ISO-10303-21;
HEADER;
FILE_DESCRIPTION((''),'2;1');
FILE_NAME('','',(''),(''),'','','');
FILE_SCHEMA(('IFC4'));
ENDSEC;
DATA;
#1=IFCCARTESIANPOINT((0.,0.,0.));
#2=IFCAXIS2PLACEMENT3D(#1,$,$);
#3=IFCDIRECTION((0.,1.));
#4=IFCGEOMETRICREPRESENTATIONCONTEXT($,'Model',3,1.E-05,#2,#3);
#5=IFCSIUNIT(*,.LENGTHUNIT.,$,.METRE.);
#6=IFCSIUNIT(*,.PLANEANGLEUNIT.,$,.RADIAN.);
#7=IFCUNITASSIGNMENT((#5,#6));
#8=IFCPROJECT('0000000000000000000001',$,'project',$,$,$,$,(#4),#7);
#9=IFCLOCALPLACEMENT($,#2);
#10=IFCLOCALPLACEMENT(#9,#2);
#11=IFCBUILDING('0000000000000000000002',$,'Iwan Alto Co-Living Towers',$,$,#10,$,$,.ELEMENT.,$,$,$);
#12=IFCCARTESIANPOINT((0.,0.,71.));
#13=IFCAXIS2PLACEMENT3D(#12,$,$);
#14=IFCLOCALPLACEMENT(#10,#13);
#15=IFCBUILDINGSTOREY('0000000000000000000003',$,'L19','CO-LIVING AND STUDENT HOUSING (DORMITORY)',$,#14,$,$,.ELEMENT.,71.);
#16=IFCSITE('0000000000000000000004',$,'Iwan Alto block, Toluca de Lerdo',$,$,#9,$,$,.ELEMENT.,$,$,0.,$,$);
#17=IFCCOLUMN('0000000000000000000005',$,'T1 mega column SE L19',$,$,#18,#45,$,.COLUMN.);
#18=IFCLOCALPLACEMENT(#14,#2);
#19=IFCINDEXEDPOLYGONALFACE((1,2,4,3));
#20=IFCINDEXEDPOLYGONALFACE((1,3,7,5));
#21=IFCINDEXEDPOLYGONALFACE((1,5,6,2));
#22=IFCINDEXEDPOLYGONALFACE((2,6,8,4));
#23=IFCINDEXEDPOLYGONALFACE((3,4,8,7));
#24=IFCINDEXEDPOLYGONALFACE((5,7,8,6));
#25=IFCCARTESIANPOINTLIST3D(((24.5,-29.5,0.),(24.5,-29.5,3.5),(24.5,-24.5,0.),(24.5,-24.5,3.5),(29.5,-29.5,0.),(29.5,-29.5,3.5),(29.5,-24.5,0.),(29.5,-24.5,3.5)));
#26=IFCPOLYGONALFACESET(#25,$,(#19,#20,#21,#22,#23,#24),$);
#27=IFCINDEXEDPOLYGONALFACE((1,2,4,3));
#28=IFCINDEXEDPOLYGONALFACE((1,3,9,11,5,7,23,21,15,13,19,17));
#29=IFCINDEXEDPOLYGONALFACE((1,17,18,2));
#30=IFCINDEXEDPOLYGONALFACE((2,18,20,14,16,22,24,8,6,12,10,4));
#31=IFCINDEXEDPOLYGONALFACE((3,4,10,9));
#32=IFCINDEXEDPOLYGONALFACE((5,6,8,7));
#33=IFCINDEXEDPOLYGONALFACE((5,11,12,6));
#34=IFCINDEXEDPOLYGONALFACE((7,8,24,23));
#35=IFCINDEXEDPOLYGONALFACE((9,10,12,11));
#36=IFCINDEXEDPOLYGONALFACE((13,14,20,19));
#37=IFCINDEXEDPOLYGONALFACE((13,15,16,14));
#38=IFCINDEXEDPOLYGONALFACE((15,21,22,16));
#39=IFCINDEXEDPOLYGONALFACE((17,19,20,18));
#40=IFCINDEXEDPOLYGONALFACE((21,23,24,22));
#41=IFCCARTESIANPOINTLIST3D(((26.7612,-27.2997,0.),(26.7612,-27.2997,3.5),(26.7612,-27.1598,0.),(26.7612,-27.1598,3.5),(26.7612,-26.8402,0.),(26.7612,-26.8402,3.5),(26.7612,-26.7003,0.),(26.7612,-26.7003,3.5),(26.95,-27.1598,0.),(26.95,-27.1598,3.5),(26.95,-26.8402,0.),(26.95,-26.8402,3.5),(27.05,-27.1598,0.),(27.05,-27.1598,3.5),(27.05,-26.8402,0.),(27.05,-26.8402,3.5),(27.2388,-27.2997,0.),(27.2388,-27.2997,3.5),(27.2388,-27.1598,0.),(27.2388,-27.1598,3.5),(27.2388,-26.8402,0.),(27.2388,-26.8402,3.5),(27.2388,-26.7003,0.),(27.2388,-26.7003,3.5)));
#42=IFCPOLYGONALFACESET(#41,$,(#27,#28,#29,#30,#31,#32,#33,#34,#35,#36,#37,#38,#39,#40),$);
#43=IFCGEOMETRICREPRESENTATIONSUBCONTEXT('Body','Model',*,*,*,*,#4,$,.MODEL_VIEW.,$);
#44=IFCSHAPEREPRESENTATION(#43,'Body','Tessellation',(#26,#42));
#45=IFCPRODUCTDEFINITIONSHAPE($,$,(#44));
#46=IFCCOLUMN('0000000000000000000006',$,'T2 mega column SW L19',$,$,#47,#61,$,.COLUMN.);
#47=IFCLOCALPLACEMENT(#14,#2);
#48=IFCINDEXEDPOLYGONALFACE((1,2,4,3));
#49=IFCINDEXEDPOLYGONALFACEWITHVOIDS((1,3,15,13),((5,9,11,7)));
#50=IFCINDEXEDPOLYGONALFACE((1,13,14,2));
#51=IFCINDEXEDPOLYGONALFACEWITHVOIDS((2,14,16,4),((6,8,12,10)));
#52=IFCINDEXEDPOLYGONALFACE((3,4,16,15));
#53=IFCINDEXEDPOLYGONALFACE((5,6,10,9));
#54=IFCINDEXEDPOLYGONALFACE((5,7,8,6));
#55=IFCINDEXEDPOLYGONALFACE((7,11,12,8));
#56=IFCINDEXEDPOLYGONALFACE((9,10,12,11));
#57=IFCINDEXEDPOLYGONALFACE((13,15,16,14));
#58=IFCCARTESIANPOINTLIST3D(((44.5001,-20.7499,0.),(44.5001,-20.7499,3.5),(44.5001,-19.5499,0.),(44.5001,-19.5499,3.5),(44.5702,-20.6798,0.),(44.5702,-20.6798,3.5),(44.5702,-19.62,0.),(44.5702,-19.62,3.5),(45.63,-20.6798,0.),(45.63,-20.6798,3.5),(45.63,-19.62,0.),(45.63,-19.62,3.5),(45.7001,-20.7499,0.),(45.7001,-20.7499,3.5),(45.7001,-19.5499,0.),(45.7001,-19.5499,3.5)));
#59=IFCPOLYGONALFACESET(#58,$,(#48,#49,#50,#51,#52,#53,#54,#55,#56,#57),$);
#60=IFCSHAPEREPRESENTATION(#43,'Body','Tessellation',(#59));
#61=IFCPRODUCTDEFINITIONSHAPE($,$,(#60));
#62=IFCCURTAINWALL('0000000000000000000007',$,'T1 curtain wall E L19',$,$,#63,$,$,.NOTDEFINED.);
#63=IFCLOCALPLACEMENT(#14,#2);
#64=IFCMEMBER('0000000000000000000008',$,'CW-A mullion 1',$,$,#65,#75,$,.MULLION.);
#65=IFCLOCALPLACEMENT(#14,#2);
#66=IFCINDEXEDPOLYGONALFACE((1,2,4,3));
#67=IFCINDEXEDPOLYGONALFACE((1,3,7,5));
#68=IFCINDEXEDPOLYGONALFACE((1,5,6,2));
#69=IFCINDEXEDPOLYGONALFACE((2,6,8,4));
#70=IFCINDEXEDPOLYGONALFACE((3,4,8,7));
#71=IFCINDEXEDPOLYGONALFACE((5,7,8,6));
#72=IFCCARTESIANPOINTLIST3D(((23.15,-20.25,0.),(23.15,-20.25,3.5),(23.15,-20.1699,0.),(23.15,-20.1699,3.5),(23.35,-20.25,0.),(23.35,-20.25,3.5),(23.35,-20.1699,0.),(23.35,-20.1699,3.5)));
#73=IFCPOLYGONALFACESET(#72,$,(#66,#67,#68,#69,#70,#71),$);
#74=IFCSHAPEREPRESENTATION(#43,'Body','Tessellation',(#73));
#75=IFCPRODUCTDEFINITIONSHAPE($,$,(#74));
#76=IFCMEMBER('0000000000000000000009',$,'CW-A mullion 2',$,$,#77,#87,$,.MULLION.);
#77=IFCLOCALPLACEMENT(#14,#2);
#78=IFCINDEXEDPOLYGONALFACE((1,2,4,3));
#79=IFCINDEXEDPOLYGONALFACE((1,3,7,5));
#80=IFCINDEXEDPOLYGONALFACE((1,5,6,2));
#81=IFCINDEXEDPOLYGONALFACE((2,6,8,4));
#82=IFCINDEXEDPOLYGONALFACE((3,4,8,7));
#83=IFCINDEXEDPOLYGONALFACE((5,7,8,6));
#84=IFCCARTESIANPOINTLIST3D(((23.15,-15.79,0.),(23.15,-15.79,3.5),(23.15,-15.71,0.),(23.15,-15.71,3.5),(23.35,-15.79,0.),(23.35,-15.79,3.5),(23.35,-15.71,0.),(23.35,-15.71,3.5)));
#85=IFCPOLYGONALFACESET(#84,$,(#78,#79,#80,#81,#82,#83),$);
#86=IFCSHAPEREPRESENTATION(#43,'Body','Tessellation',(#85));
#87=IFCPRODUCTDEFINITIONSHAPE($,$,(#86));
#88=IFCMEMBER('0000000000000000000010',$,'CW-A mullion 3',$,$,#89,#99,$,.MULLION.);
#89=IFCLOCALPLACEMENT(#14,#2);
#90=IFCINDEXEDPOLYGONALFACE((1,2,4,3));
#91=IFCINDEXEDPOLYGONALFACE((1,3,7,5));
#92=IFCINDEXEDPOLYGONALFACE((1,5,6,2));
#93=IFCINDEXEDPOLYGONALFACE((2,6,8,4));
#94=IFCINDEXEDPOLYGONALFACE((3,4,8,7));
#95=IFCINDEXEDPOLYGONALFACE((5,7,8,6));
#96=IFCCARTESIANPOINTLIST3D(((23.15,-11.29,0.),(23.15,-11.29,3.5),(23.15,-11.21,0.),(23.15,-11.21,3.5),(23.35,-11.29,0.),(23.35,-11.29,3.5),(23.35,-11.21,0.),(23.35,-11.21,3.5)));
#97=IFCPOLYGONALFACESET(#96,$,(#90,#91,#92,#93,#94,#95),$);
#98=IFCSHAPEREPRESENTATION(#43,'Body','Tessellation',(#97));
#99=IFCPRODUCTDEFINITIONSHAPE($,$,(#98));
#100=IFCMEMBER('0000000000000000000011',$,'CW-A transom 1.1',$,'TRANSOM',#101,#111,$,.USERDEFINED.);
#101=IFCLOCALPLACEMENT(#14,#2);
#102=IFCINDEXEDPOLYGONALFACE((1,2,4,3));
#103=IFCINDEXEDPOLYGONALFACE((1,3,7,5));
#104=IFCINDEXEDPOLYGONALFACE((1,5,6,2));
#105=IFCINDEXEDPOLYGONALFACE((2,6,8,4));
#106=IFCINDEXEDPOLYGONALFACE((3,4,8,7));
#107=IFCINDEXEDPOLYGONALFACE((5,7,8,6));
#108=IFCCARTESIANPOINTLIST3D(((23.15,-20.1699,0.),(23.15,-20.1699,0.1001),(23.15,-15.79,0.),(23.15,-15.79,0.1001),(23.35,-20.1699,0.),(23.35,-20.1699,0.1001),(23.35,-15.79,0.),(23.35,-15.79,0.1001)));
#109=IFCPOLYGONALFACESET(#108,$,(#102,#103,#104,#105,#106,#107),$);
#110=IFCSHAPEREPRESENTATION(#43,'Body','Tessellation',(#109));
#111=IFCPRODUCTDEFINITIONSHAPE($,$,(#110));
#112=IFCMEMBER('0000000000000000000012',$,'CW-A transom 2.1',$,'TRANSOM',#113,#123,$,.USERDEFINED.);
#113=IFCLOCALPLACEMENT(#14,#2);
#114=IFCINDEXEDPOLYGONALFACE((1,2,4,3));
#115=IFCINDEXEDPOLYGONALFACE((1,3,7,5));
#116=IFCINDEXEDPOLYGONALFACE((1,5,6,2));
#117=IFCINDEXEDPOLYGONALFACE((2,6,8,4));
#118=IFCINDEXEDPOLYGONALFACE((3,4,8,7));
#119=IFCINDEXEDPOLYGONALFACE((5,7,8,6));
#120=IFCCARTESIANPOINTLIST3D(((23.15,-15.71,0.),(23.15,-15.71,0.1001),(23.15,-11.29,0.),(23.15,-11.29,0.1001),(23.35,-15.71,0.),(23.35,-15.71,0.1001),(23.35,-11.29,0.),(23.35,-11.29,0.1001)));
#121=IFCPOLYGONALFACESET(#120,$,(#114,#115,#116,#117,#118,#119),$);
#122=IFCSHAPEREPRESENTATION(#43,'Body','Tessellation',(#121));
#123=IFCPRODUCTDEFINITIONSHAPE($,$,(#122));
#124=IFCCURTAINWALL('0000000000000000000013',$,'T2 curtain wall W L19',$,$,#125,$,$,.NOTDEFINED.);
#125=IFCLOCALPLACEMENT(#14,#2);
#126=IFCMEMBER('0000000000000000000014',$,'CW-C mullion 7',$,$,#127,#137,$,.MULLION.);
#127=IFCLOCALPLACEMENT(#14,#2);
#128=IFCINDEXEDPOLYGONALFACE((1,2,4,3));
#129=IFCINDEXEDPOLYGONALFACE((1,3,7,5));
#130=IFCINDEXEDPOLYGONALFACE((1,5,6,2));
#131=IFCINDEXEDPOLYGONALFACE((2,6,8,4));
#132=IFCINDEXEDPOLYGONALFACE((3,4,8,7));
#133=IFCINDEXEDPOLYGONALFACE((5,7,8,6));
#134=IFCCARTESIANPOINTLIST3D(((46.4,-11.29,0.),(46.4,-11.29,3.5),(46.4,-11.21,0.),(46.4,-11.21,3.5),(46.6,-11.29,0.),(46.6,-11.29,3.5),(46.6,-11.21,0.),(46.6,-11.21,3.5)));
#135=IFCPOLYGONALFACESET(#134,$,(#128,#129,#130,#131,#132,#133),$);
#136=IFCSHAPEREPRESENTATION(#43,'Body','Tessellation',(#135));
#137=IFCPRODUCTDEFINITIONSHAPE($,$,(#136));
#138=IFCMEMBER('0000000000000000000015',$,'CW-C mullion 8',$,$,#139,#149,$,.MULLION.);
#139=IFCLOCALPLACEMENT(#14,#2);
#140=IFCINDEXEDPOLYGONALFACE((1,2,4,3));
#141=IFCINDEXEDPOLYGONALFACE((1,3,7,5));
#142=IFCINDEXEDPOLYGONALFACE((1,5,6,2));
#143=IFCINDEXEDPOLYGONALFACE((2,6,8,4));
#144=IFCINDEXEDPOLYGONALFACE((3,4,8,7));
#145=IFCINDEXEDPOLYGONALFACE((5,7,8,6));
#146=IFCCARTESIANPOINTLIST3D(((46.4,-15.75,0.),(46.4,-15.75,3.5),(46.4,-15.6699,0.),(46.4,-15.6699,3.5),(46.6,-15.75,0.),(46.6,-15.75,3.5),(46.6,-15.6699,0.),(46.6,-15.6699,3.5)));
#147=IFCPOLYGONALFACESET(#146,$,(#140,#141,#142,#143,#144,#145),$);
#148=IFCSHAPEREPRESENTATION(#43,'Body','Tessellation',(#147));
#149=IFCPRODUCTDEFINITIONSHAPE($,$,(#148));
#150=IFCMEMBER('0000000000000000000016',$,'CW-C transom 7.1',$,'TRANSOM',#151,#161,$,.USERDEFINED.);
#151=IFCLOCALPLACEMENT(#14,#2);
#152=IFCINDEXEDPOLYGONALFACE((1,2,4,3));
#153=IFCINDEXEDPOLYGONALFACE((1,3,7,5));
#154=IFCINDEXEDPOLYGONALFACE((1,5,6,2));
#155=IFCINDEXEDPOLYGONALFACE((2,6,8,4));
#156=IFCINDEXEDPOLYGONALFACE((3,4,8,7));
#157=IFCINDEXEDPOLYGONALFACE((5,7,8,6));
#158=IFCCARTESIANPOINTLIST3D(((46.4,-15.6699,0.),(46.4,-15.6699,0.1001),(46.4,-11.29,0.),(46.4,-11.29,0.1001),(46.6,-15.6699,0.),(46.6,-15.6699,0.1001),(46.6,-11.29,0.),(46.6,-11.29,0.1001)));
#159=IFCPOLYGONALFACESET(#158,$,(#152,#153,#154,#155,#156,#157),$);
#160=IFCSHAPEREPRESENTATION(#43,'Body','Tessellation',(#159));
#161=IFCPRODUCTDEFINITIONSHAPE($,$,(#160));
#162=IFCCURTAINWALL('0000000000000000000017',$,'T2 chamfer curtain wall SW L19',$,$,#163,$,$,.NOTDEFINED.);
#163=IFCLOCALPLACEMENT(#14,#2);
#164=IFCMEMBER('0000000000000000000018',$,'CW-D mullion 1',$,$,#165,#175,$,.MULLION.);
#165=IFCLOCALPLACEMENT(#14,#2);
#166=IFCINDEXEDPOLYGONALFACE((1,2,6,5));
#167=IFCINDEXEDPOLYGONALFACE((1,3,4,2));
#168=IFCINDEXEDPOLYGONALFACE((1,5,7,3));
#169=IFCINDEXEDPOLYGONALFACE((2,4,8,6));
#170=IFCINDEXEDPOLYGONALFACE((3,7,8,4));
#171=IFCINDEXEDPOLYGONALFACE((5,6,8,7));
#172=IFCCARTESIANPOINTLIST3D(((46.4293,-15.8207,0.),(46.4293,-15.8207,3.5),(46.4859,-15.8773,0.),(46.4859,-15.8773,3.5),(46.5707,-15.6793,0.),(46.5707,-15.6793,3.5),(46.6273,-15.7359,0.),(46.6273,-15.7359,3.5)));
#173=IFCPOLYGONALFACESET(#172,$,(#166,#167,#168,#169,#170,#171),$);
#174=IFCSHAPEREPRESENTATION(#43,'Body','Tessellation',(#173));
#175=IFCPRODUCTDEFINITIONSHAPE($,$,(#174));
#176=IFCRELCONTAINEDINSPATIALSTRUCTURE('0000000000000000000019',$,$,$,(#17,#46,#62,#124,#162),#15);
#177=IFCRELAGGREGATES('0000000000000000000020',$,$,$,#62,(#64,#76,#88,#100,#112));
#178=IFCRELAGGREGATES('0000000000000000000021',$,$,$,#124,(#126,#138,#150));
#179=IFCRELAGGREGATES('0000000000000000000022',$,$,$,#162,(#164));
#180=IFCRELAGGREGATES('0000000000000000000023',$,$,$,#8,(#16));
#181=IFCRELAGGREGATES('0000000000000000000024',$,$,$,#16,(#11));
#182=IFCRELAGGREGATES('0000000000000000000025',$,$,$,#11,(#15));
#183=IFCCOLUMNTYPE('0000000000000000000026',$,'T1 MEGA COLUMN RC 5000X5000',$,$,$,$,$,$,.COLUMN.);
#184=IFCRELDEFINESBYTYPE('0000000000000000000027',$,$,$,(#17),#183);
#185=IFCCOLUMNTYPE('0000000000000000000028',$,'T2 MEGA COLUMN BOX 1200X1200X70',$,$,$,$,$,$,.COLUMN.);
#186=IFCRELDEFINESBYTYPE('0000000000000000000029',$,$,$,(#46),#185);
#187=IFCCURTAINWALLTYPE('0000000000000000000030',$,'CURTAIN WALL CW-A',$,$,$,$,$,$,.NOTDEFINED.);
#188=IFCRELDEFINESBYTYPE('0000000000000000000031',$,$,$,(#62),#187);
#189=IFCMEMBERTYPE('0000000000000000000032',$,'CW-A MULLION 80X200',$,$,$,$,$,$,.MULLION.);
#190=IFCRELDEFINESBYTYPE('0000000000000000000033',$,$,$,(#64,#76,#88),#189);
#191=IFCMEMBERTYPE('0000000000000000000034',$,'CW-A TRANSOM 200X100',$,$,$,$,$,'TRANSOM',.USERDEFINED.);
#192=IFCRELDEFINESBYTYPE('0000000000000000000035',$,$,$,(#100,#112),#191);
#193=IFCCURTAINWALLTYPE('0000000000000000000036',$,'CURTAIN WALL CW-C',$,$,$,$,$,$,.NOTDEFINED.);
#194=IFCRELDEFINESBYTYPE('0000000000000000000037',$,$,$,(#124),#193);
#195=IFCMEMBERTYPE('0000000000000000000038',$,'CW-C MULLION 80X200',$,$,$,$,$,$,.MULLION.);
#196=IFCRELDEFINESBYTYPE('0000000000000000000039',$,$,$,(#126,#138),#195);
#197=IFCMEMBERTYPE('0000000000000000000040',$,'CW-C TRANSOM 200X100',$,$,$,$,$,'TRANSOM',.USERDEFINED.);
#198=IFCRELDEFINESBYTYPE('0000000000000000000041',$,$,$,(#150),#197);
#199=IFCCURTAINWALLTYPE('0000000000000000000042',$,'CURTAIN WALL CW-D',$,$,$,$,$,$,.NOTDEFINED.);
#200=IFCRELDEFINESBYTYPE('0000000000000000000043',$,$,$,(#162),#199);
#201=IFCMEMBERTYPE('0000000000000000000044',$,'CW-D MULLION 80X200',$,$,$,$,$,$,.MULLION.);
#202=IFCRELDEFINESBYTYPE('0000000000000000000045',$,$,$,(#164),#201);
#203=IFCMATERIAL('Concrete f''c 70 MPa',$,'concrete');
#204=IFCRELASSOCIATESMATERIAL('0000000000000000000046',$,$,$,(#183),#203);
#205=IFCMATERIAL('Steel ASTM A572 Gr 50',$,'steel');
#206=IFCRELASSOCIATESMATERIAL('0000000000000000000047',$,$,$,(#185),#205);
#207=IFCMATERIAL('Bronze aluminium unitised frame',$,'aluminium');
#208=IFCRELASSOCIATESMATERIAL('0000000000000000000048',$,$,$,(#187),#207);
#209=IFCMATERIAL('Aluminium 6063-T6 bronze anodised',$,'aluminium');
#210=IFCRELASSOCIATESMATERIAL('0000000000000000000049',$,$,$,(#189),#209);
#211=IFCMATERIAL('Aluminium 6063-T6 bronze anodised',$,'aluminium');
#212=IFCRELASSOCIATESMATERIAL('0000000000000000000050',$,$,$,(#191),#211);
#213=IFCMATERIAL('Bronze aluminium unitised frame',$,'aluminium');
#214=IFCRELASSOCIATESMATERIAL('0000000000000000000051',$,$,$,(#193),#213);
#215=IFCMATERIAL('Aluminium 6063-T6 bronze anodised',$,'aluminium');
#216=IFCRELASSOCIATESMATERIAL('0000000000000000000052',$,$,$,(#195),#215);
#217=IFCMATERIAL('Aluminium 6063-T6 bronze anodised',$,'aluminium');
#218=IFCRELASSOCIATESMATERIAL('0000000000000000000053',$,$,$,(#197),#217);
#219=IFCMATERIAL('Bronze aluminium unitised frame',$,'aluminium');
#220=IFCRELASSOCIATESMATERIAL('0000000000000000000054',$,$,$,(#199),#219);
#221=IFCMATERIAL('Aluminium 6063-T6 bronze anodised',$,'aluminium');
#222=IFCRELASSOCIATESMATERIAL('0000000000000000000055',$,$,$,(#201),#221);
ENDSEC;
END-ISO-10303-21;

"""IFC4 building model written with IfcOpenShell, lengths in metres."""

from ifc_helpers import new_model, si_unit, direction, frame, origin, origin_2d, place, context, subcontext, project, spatial, rectangle, hollow_rectangle, i_section, extrude, material, material_profile, profile_set, type_object, element, aggregate, save


model = new_model("IFC4")

# Units and contexts
model_context = context("Model", 3, precision=1e-05, world=origin(), true_north=direction((0.0, 1.0)))
body_context = subcontext(model_context, "Body", "Model", "MODEL_VIEW")
ifc_project = project(units=[si_unit("LENGTHUNIT", "METRE"), si_unit("PLANEANGLEUNIT", "RADIAN")], contexts=[model_context])

# Site, building, storey
site_placement = place(None, origin())
site = spatial("IfcSite", under=ifc_project, at=site_placement, Name="Iwan Alto block, Toluca de Lerdo", CompositionType="ELEMENT", RefElevation=0.0)
building_placement = place(site_placement, origin())
building = spatial("IfcBuilding", under=site, at=building_placement, Name="Iwan Alto Co-Living Towers", CompositionType="ELEMENT")
storey_placement = place(building_placement, frame((0.0, 0.0, 71.0)))
storey = spatial("IfcBuildingStorey", under=building, at=storey_placement, Name="L19", Description="CO-LIVING AND STUDENT HOUSING (DORMITORY)", CompositionType="ELEMENT", Elevation=71.0)

# Columns
ifc_material_1 = material(Name="Concrete f'c 70 MPa", Category="concrete")
ifc_material_profile_1 = material_profile(ifc_material_1, rectangle(XDim=5.0, YDim=5.0, at=origin_2d()), Name="RC 5000X5000")
ifc_profile_set_1 = profile_set([ifc_material_profile_1], Name="Concrete f'c 70 MPa")
column_type_1 = type_object("IfcColumnType", Name="T1 MEGA COLUMN RC 5000X5000", PredefinedType="COLUMN", material=ifc_profile_set_1)
column_1_placement = place(storey_placement, frame((27.0, -27.0, 0.0), z_axis=(0.0, 0.0, 1.0), x_axis=(1.0, 0.0, 0.0)))
element("IfcColumn", 1, at=column_1_placement, inside=storey, type_object=column_type_1, Name="T1 mega column SE L19", PredefinedType="COLUMN", context=body_context, shape_type="SweptSolid", body=[
    extrude(rectangle(XDim=5.0, YDim=5.0, at=origin_2d()), origin(), (0.0, 0.0, 1.0), 3.5),
    extrude(i_section(OverallWidth=0.4775, OverallDepth=0.5994, WebThickness=0.1001, FlangeThickness=0.1399, at=origin_2d()), origin(), (0.0, 0.0, 1.0), 3.5),
])
ifc_material_2 = material(Name="Steel ASTM A572 Gr 50", Category="steel")
ifc_material_profile_2 = material_profile(ifc_material_2, hollow_rectangle(XDim=1.2, YDim=1.2, WallThickness=0.0701, at=origin_2d()), Name="BOX 1200X1200X70")
ifc_profile_set_2 = profile_set([ifc_material_profile_2], Name="Steel ASTM A572 Gr 50")
column_type_2 = type_object("IfcColumnType", Name="T2 MEGA COLUMN BOX 1200X1200X70", PredefinedType="COLUMN", material=ifc_profile_set_2)
column_2_placement = place(storey_placement, frame((45.1001, -20.1499, 0.0), z_axis=(0.0, 0.0, 1.0), x_axis=(1.0, 0.0, 0.0)))
element("IfcColumn", 2, at=column_2_placement, inside=storey, type_object=column_type_2, Name="T2 mega column SW L19", PredefinedType="COLUMN", context=body_context, shape_type="SweptSolid", body=[
    extrude(hollow_rectangle(XDim=1.2, YDim=1.2, WallThickness=0.0701, at=origin_2d()), origin(), (0.0, 0.0, 1.0), 3.5),
])

# Curtain walls, members
ifc_material_3 = material(Name="Bronze aluminium unitised frame", Category="aluminium")
curtain_wall_type_1 = type_object("IfcCurtainWallType", Name="CURTAIN WALL CW-A", PredefinedType="NOTDEFINED", material=ifc_material_3)
curtain_wall_1_placement = place(storey_placement, origin())
curtain_wall_1 = element("IfcCurtainWall", 3, at=curtain_wall_1_placement, inside=storey, type_object=curtain_wall_type_1, Name="T1 curtain wall E L19", PredefinedType="NOTDEFINED")
ifc_material_4 = material(Name="Aluminium 6063-T6 bronze anodised", Category="aluminium")
ifc_material_profile_3 = material_profile(ifc_material_4, rectangle(XDim=0.2, YDim=0.0801, at=origin_2d()), Name="AL 80X200")
ifc_profile_set_3 = profile_set([ifc_material_profile_3], Name="Aluminium 6063-T6 bronze anodised")
member_type_1 = type_object("IfcMemberType", Name="CW-A MULLION 80X200", PredefinedType="MULLION", material=ifc_profile_set_3)
member_1_placement = place(storey_placement, frame((23.25, -20.21, 0.0), z_axis=(0.0, 0.0, 1.0), x_axis=(-1.0, 0.0, 0.0)))
member_1 = element("IfcMember", 4, at=member_1_placement, type_object=member_type_1, Name="CW-A mullion 1", PredefinedType="MULLION", context=body_context, shape_type="SweptSolid", body=[
    extrude(rectangle(XDim=0.2, YDim=0.0801, at=origin_2d()), origin(), (0.0, 0.0, 1.0), 3.5),
])
member_2_placement = place(storey_placement, frame((23.25, -15.75, 0.0), z_axis=(0.0, 0.0, 1.0), x_axis=(-1.0, 0.0, 0.0)))
member_2 = element("IfcMember", 5, at=member_2_placement, type_object=member_type_1, Name="CW-A mullion 2", PredefinedType="MULLION", context=body_context, shape_type="SweptSolid", body=[
    extrude(rectangle(XDim=0.2, YDim=0.0801, at=origin_2d()), origin(), (0.0, 0.0, 1.0), 3.5),
])
member_3_placement = place(storey_placement, frame((23.25, -11.25, 0.0), z_axis=(0.0, 0.0, 1.0), x_axis=(-1.0, 0.0, 0.0)))
member_3 = element("IfcMember", 6, at=member_3_placement, type_object=member_type_1, Name="CW-A mullion 3", PredefinedType="MULLION", context=body_context, shape_type="SweptSolid", body=[
    extrude(rectangle(XDim=0.2, YDim=0.0801, at=origin_2d()), origin(), (0.0, 0.0, 1.0), 3.5),
])
ifc_material_5 = material(Name="Aluminium 6063-T6 bronze anodised", Category="aluminium")
ifc_material_profile_4 = material_profile(ifc_material_5, rectangle(XDim=0.2, YDim=0.1001, at=origin_2d()), Name="AL 200X100")
ifc_profile_set_4 = profile_set([ifc_material_profile_4], Name="Aluminium 6063-T6 bronze anodised")
member_type_2 = type_object("IfcMemberType", Name="CW-A TRANSOM 200X100", ElementType="TRANSOM", PredefinedType="USERDEFINED", material=ifc_profile_set_4)
member_4_placement = place(storey_placement, frame((23.25, -20.1699, 0.05), z_axis=(0.0, 1.0, 0.0), x_axis=(-1.0, 0.0, 0.0)))
member_4 = element("IfcMember", 7, at=member_4_placement, type_object=member_type_2, Name="CW-A transom 1.1", ObjectType="TRANSOM", PredefinedType="USERDEFINED", context=body_context, shape_type="SweptSolid", body=[
    extrude(rectangle(XDim=0.2, YDim=0.1001, at=origin_2d()), origin(), (0.0, 0.0, 1.0), 4.3799),
])
member_5_placement = place(storey_placement, frame((23.25, -15.71, 0.05), z_axis=(0.0, 1.0, 0.0), x_axis=(-1.0, 0.0, 0.0)))
member_5 = element("IfcMember", 8, at=member_5_placement, type_object=member_type_2, Name="CW-A transom 2.1", ObjectType="TRANSOM", PredefinedType="USERDEFINED", context=body_context, shape_type="SweptSolid", body=[
    extrude(rectangle(XDim=0.2, YDim=0.1001, at=origin_2d()), origin(), (0.0, 0.0, 1.0), 4.4199),
])
ifc_material_6 = material(Name="Bronze aluminium unitised frame", Category="aluminium")
curtain_wall_type_2 = type_object("IfcCurtainWallType", Name="CURTAIN WALL CW-C", PredefinedType="NOTDEFINED", material=ifc_material_6)
curtain_wall_2_placement = place(storey_placement, origin())
curtain_wall_2 = element("IfcCurtainWall", 9, at=curtain_wall_2_placement, inside=storey, type_object=curtain_wall_type_2, Name="T2 curtain wall W L19", PredefinedType="NOTDEFINED")
ifc_material_7 = material(Name="Aluminium 6063-T6 bronze anodised", Category="aluminium")
ifc_material_profile_5 = material_profile(ifc_material_7, rectangle(XDim=0.2, YDim=0.0801, at=origin_2d()), Name="AL 80X200")
ifc_profile_set_5 = profile_set([ifc_material_profile_5], Name="Aluminium 6063-T6 bronze anodised")
member_type_3 = type_object("IfcMemberType", Name="CW-C MULLION 80X200", PredefinedType="MULLION", material=ifc_profile_set_5)
member_6_placement = place(storey_placement, frame((46.5, -11.25, 0.0), z_axis=(0.0, 0.0, 1.0), x_axis=(1.0, 0.0, 0.0)))
member_6 = element("IfcMember", 10, at=member_6_placement, type_object=member_type_3, Name="CW-C mullion 7", PredefinedType="MULLION", context=body_context, shape_type="SweptSolid", body=[
    extrude(rectangle(XDim=0.2, YDim=0.0801, at=origin_2d()), origin(), (0.0, 0.0, 1.0), 3.5),
])
member_7_placement = place(storey_placement, frame((46.5, -15.71, 0.0), z_axis=(0.0, 0.0, 1.0), x_axis=(1.0, 0.0, 0.0)))
member_7 = element("IfcMember", 11, at=member_7_placement, type_object=member_type_3, Name="CW-C mullion 8", PredefinedType="MULLION", context=body_context, shape_type="SweptSolid", body=[
    extrude(rectangle(XDim=0.2, YDim=0.0801, at=origin_2d()), origin(), (0.0, 0.0, 1.0), 3.5),
])
ifc_material_8 = material(Name="Aluminium 6063-T6 bronze anodised", Category="aluminium")
ifc_material_profile_6 = material_profile(ifc_material_8, rectangle(XDim=0.2, YDim=0.1001, at=origin_2d()), Name="AL 200X100")
ifc_profile_set_6 = profile_set([ifc_material_profile_6], Name="Aluminium 6063-T6 bronze anodised")
member_type_4 = type_object("IfcMemberType", Name="CW-C TRANSOM 200X100", ElementType="TRANSOM", PredefinedType="USERDEFINED", material=ifc_profile_set_6)
member_8_placement = place(storey_placement, frame((46.5, -11.29, 0.05), z_axis=(0.0, -1.0, 0.0), x_axis=(1.0, 0.0, 0.0)))
member_8 = element("IfcMember", 12, at=member_8_placement, type_object=member_type_4, Name="CW-C transom 7.1", ObjectType="TRANSOM", PredefinedType="USERDEFINED", context=body_context, shape_type="SweptSolid", body=[
    extrude(rectangle(XDim=0.2, YDim=0.1001, at=origin_2d()), origin(), (0.0, 0.0, 1.0), 4.3799),
])
ifc_material_9 = material(Name="Bronze aluminium unitised frame", Category="aluminium")
curtain_wall_type_3 = type_object("IfcCurtainWallType", Name="CURTAIN WALL CW-D", PredefinedType="NOTDEFINED", material=ifc_material_9)
curtain_wall_3_placement = place(storey_placement, origin())
curtain_wall_3 = element("IfcCurtainWall", 13, at=curtain_wall_3_placement, inside=storey, type_object=curtain_wall_type_3, Name="T2 chamfer curtain wall SW L19", PredefinedType="NOTDEFINED")
ifc_material_10 = material(Name="Aluminium 6063-T6 bronze anodised", Category="aluminium")
ifc_material_profile_7 = material_profile(ifc_material_10, rectangle(XDim=0.2, YDim=0.0801, at=origin_2d()), Name="AL 80X200")
ifc_profile_set_7 = profile_set([ifc_material_profile_7], Name="Aluminium 6063-T6 bronze anodised")
member_type_5 = type_object("IfcMemberType", Name="CW-D MULLION 80X200", PredefinedType="MULLION", material=ifc_profile_set_7)
member_9_placement = place(storey_placement, frame((46.5283, -15.7783, 0.0), z_axis=(0.0, 0.0, 1.0), x_axis=(0.707107, 0.707107, 0.0)))
member_9 = element("IfcMember", 14, at=member_9_placement, type_object=member_type_5, Name="CW-D mullion 1", PredefinedType="MULLION", context=body_context, shape_type="SweptSolid", body=[
    extrude(rectangle(XDim=0.2, YDim=0.0801, at=origin_2d()), origin(), (0.0, 0.0, 1.0), 3.5),
])

aggregate(curtain_wall_1, [member_1, member_2, member_3, member_4, member_5])
aggregate(curtain_wall_2, [member_6, member_7, member_8])
aggregate(curtain_wall_3, [member_9])

save(model, "model.ifc")
